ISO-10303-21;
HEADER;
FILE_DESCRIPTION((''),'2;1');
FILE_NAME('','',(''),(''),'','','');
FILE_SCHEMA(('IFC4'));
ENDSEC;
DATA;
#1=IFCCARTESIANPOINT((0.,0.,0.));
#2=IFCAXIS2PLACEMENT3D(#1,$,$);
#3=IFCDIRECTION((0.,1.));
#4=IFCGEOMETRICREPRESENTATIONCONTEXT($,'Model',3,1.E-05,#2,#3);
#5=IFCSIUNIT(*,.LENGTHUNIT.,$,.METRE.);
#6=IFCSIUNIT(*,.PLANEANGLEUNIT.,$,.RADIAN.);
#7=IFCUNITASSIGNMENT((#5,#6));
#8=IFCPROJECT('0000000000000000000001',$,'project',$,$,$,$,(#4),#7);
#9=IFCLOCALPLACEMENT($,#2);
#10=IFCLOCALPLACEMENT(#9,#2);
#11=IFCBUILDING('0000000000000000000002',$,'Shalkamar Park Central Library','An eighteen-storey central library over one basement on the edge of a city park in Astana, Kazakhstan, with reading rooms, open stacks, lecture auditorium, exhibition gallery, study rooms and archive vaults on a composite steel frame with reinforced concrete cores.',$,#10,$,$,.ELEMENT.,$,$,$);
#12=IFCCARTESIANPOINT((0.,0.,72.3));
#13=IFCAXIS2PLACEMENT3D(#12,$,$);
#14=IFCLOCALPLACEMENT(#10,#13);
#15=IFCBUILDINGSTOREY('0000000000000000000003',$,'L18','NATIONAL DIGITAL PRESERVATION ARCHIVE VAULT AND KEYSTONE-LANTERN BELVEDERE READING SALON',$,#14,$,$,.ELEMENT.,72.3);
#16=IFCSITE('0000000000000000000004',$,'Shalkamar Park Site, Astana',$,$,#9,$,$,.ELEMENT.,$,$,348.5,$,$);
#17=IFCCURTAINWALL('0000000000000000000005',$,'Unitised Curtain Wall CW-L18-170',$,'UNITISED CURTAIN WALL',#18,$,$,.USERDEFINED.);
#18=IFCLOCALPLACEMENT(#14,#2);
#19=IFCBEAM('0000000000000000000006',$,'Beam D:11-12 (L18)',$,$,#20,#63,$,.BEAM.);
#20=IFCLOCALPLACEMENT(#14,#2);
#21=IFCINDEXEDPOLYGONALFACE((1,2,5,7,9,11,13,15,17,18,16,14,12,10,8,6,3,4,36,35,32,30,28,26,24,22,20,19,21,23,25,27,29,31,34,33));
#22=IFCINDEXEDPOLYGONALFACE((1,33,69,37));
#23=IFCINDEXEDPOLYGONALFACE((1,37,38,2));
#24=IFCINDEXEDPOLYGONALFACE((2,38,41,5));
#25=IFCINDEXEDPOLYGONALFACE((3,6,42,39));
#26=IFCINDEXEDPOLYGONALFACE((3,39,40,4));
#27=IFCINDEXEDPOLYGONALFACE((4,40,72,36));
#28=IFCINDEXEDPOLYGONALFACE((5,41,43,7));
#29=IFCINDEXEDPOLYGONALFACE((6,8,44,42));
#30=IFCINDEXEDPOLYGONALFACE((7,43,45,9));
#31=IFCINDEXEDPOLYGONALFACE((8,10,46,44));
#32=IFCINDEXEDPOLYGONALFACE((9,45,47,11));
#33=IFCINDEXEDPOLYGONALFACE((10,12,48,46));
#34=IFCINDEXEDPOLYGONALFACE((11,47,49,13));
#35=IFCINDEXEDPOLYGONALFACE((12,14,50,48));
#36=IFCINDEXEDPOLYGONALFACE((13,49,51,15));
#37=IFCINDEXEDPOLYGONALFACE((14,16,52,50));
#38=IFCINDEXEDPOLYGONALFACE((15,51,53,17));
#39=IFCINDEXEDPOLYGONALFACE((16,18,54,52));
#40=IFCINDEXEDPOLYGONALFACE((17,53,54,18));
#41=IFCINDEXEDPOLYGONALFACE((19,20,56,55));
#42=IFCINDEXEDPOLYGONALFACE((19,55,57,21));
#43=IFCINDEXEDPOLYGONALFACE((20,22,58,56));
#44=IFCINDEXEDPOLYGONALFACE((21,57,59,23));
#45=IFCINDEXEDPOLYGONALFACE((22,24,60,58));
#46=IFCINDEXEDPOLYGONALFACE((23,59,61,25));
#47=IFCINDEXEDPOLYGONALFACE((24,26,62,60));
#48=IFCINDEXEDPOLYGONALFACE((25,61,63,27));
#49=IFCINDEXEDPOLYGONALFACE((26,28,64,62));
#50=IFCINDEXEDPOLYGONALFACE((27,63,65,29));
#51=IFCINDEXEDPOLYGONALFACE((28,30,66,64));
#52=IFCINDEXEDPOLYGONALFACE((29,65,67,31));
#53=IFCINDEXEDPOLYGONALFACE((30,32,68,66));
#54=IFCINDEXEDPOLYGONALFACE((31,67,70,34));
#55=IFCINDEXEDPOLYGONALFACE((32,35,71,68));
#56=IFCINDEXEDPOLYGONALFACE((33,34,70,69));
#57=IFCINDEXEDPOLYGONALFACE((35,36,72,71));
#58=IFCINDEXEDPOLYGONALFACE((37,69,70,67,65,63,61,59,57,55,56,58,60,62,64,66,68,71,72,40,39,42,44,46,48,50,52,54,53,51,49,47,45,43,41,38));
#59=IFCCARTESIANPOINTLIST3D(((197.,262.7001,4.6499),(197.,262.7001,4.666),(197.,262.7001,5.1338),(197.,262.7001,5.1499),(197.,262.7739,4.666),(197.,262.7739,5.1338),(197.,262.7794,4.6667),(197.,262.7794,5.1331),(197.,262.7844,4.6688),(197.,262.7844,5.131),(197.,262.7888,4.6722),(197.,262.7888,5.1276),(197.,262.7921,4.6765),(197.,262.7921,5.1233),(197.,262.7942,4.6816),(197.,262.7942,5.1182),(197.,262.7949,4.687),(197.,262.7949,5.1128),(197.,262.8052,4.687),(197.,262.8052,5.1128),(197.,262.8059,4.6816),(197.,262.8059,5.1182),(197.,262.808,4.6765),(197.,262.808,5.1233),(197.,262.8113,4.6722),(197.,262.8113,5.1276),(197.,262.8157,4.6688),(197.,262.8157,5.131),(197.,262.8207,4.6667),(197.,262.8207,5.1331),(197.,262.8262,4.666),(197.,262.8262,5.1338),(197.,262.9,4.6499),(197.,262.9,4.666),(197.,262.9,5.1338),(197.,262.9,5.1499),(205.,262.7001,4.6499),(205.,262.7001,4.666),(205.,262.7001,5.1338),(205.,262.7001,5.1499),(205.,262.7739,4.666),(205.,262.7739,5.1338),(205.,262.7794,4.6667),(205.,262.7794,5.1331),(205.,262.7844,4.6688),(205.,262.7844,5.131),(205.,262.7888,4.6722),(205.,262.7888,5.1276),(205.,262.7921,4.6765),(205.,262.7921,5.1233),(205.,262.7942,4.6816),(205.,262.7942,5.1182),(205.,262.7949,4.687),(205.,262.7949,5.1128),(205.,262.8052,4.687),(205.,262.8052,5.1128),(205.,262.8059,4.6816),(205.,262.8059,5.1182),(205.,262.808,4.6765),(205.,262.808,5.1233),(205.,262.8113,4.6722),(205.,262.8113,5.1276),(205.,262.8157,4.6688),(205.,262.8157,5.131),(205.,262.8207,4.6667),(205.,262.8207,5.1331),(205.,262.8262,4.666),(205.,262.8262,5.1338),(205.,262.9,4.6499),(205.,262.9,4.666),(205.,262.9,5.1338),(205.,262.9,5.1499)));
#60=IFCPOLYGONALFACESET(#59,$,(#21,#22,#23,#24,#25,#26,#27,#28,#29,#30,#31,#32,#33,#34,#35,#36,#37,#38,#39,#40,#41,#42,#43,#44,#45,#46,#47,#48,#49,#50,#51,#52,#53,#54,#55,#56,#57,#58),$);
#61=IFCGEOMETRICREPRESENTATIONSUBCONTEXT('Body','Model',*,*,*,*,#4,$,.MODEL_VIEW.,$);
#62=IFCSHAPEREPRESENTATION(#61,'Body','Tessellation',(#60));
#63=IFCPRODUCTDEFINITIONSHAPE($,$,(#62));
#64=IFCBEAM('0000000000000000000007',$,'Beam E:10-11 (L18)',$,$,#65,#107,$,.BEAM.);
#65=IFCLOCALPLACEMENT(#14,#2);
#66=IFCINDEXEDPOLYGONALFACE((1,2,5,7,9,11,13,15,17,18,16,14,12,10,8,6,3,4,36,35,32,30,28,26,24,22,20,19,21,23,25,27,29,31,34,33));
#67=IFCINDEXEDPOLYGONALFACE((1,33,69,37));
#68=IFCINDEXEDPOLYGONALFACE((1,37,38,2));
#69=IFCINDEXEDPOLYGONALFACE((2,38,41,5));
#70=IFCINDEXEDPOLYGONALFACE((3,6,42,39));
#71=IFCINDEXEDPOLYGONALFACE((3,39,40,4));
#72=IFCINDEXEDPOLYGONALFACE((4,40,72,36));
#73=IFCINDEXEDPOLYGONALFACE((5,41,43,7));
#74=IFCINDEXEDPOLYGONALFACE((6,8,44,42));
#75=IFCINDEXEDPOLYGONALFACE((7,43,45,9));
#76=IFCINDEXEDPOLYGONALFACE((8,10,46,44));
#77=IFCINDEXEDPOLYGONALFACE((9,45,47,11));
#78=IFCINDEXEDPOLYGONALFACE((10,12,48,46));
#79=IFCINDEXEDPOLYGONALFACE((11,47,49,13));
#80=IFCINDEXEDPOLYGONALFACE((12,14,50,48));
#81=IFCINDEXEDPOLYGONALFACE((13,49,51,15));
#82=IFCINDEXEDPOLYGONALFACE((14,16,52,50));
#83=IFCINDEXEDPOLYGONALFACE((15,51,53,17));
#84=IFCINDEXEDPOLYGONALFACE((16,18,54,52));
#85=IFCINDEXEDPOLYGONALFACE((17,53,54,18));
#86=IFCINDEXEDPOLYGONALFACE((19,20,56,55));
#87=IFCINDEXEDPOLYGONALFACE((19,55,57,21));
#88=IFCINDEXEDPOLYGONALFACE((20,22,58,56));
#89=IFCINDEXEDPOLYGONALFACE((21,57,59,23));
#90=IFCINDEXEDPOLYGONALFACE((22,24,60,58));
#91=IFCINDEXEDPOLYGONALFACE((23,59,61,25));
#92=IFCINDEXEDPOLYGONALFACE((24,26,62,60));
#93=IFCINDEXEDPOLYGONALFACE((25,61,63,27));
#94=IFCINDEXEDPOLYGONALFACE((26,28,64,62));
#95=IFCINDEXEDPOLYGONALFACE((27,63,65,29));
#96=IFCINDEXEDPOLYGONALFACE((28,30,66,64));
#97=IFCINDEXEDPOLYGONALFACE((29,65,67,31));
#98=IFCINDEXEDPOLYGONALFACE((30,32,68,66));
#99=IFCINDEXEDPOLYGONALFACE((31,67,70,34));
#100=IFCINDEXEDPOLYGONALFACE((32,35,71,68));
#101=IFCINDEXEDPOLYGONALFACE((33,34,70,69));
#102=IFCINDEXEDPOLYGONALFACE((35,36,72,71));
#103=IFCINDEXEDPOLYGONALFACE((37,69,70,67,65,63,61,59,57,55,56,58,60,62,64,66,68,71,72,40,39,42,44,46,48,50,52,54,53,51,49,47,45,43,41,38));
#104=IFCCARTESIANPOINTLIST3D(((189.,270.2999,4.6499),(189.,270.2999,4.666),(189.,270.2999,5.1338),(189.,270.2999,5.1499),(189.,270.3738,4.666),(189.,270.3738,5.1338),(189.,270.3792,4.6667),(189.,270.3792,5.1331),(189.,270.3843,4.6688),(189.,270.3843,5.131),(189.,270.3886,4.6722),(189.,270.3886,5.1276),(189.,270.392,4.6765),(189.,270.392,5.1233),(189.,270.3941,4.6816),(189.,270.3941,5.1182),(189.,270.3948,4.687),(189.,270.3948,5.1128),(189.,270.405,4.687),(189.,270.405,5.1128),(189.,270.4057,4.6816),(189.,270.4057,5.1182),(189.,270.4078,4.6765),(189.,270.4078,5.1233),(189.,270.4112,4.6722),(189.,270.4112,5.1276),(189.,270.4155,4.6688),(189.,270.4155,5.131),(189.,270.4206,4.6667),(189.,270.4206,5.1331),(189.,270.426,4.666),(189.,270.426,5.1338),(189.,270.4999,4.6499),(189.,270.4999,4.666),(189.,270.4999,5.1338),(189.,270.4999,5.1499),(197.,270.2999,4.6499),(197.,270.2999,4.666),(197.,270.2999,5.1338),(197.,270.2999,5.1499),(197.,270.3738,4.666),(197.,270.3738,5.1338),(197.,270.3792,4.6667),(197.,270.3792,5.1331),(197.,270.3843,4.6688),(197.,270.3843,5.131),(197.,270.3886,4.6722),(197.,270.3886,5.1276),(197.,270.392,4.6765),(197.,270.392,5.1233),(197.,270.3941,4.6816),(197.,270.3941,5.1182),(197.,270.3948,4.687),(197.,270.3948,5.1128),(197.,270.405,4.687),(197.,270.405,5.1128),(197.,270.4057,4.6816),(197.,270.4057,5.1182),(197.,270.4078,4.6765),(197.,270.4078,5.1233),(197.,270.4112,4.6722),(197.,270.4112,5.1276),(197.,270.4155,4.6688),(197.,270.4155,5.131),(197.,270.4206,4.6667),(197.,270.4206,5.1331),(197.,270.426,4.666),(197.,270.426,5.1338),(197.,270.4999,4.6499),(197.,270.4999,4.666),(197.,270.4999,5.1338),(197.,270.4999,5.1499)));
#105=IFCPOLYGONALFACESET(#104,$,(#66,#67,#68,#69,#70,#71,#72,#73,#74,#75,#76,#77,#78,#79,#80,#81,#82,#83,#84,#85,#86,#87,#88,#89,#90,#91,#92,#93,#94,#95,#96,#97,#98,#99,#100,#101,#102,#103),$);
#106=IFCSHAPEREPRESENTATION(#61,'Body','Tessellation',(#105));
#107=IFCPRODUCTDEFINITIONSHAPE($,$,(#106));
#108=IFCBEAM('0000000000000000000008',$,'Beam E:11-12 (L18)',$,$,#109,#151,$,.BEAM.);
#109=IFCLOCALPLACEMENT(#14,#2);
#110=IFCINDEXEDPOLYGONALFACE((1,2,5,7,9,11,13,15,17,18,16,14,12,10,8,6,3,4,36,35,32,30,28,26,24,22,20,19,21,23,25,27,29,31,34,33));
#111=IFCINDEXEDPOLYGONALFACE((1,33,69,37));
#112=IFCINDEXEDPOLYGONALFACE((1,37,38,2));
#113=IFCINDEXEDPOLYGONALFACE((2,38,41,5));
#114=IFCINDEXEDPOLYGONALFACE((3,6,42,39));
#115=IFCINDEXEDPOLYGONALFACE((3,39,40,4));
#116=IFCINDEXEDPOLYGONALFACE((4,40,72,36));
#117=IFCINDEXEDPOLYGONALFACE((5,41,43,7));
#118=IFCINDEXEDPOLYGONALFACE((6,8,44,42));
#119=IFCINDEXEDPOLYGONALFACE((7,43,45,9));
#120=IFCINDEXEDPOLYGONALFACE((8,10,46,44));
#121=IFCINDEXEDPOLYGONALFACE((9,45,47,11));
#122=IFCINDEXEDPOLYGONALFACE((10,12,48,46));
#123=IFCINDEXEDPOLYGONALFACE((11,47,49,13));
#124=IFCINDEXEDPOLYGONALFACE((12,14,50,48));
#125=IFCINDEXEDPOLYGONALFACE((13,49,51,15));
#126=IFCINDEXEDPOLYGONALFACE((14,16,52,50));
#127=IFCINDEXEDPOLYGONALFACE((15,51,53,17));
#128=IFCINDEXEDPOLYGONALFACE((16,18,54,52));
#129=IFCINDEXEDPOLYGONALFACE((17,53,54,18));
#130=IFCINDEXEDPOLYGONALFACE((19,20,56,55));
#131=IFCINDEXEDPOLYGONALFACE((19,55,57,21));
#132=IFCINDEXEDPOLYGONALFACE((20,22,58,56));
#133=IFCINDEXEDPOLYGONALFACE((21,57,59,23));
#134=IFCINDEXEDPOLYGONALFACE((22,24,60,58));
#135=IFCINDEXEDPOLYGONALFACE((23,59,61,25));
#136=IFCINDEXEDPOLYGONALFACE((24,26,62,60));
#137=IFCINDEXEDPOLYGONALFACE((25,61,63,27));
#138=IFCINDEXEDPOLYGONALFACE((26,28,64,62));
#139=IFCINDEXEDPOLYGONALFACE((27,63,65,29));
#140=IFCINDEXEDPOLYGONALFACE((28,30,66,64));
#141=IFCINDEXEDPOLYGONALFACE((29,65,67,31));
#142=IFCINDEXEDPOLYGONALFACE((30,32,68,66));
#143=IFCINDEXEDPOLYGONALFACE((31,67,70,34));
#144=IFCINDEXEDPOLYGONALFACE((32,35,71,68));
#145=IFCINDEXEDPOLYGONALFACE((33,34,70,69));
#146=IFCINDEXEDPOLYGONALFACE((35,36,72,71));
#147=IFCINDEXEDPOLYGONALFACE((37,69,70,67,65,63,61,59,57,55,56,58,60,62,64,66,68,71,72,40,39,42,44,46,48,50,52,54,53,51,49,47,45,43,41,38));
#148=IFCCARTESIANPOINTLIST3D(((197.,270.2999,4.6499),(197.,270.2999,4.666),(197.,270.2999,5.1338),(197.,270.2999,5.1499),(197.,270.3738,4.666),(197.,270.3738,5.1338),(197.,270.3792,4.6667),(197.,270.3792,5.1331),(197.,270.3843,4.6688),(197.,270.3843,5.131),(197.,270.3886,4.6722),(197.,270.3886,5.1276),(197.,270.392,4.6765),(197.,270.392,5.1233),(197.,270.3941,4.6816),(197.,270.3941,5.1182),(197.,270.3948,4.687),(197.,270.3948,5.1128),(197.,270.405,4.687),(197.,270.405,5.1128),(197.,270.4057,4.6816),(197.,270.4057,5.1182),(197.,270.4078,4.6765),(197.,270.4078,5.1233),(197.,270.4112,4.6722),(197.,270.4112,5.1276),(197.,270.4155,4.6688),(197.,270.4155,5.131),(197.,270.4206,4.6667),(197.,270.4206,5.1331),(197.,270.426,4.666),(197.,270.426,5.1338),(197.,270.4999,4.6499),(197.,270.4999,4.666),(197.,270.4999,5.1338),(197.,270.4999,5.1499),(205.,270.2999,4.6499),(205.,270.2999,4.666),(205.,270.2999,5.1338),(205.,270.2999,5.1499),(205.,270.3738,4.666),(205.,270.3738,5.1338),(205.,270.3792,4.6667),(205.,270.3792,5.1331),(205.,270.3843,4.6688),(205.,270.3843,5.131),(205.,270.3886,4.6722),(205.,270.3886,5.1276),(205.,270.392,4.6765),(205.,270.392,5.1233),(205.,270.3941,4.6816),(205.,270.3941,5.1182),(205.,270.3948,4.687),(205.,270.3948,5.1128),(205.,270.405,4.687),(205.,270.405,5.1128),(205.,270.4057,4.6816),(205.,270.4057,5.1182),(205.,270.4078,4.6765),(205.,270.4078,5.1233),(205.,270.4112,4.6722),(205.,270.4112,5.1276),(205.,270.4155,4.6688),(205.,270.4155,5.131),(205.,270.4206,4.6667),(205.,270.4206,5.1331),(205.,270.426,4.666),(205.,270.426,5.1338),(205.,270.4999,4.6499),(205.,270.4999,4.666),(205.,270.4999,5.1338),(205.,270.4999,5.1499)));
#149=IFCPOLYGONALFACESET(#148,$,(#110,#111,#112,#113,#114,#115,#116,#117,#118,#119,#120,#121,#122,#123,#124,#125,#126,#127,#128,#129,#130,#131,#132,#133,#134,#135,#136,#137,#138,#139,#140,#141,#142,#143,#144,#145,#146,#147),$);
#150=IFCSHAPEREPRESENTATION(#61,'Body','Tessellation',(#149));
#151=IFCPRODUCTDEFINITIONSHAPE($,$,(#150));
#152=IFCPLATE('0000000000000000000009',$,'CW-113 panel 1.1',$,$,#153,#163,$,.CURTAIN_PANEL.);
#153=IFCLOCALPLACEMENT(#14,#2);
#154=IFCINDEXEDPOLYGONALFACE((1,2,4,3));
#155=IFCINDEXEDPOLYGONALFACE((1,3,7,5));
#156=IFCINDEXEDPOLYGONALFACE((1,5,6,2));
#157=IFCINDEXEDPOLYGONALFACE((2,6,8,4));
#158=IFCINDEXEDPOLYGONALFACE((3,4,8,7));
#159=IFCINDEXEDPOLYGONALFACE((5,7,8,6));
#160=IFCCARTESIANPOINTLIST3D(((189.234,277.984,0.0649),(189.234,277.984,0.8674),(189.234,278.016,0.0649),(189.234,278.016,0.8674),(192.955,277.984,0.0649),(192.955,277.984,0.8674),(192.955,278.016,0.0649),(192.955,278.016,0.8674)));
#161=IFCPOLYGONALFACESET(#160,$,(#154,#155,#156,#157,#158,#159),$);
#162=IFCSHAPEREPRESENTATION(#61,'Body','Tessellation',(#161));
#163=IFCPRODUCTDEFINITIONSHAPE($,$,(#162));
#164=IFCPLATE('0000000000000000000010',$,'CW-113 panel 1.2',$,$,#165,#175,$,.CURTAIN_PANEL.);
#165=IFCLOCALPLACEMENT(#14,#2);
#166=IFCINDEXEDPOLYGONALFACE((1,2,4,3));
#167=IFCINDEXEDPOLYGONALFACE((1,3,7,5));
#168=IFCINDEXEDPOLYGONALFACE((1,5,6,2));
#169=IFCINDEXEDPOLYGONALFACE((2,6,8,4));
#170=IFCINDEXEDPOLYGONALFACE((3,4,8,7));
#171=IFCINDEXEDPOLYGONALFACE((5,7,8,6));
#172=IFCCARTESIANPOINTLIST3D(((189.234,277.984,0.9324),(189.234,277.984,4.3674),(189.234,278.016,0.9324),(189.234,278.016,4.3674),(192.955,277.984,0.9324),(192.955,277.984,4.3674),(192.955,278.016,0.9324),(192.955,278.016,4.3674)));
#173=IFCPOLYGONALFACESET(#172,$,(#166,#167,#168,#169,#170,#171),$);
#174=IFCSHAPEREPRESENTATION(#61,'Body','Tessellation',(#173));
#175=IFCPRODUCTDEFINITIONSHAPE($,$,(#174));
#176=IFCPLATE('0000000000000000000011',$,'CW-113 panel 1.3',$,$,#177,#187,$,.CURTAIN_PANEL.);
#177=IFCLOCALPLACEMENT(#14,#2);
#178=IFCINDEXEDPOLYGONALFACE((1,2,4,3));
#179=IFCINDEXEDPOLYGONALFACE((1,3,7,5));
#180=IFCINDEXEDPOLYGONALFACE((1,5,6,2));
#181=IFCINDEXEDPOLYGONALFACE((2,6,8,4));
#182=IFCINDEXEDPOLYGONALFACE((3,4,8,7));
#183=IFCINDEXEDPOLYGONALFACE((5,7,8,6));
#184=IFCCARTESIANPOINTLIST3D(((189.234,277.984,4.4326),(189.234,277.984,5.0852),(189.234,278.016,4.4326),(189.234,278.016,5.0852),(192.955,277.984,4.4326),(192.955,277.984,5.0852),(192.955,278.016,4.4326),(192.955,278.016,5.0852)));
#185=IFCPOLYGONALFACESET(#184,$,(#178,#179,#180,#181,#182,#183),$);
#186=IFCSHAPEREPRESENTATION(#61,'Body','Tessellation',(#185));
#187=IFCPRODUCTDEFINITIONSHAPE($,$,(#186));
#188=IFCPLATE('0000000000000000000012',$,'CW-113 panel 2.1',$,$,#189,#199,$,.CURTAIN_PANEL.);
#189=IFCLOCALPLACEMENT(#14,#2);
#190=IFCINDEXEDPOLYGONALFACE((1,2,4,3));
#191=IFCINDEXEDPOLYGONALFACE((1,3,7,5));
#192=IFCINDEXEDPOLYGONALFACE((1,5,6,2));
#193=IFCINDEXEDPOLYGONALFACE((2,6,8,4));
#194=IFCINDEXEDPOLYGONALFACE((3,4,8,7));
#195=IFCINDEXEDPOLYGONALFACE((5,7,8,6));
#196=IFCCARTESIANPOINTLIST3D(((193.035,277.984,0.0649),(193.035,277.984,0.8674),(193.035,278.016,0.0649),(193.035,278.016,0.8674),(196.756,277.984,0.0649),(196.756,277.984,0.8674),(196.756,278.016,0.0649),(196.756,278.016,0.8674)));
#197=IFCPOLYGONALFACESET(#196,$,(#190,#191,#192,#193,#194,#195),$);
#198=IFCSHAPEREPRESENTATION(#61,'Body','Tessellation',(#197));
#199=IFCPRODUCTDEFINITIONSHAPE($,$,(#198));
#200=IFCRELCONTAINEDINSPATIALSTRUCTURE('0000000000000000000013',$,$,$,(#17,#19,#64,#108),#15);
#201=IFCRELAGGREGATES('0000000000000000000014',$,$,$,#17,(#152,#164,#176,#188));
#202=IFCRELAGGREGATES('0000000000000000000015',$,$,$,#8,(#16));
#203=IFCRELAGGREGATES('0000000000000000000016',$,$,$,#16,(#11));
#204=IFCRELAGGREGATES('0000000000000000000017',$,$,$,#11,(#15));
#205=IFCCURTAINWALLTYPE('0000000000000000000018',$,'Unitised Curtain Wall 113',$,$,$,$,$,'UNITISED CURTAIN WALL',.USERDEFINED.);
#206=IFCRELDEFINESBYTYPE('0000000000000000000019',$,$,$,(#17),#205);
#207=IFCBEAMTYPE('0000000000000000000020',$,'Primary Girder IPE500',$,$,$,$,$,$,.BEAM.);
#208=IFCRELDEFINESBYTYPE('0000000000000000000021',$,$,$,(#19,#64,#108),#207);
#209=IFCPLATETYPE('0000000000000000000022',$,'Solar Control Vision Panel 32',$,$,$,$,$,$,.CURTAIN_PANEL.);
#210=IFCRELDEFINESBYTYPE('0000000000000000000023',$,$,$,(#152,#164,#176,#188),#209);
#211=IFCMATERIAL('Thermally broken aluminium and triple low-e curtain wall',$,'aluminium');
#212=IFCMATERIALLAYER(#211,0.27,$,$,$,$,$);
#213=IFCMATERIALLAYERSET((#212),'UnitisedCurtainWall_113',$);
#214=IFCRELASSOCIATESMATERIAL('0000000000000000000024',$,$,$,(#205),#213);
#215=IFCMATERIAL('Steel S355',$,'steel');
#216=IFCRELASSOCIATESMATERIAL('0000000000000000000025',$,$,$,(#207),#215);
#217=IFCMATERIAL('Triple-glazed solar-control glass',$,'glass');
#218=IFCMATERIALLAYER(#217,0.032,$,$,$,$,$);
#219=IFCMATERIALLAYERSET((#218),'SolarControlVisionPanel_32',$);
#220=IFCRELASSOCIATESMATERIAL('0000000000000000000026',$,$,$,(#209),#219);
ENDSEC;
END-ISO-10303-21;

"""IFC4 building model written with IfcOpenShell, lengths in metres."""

from ifc_helpers import new_model, si_unit, direction, frame, origin, origin_2d, place, context, subcontext, project, spatial, rectangle, i_section, extrude, material, layer, layer_set, material_profile, profile_set, type_object, element, aggregate, save


model = new_model("IFC4")

# Units and contexts
model_context = context("Model", 3, precision=1e-05, world=origin(), true_north=direction((0.0, 1.0)))
body_context = subcontext(model_context, "Body", "Model", "MODEL_VIEW")
ifc_project = project(units=[si_unit("LENGTHUNIT", "METRE"), si_unit("PLANEANGLEUNIT", "RADIAN")], contexts=[model_context])

# Site, building, storey
site_placement = place(None, origin())
site = spatial("IfcSite", under=ifc_project, at=site_placement, Name="Shalkamar Park Site, Astana", CompositionType="ELEMENT", RefElevation=348.5)
building_placement = place(site_placement, origin())
building = spatial("IfcBuilding", under=site, at=building_placement, Name="Shalkamar Park Central Library", Description="An eighteen-storey central library over one basement on the edge of a city park in Astana, Kazakhstan, with reading rooms, open stacks, lecture auditorium, exhibition gallery, study rooms and archive vaults on a composite steel frame with reinforced concrete cores.", CompositionType="ELEMENT")
storey_placement = place(building_placement, frame((0.0, 0.0, 72.3)))
storey = spatial("IfcBuildingStorey", under=building, at=storey_placement, Name="L18", Description="NATIONAL DIGITAL PRESERVATION ARCHIVE VAULT AND KEYSTONE-LANTERN BELVEDERE READING SALON", CompositionType="ELEMENT", Elevation=72.3)

# Shared definitions
ifc_material_1 = material(Name="Steel S355", Category="steel")

# Curtain wall
ifc_material_2 = material(Name="Thermally broken aluminium and triple low-e curtain wall", Category="aluminium")
ifc_layer_1 = layer(ifc_material_2, 0.27)
ifc_layer_set_1 = layer_set([ifc_layer_1], Name="UnitisedCurtainWall_113")
curtain_wall_type_1 = type_object("IfcCurtainWallType", Name="Unitised Curtain Wall 113", ElementType="UNITISED CURTAIN WALL", PredefinedType="USERDEFINED", material=ifc_layer_set_1)
curtain_wall_1_placement = place(storey_placement, origin())
curtain_wall_1 = element("IfcCurtainWall", 1, at=curtain_wall_1_placement, inside=storey, type_object=curtain_wall_type_1, Name="Unitised Curtain Wall CW-L18-170", ObjectType="UNITISED CURTAIN WALL", PredefinedType="USERDEFINED")

# Beams
ifc_material_profile_1 = material_profile(ifc_material_1, i_section(OverallWidth=0.2, OverallDepth=0.5, WebThickness=0.0103, FlangeThickness=0.0161, FilletRadius=0.021, at=origin_2d()), Name="IPE 500")
ifc_profile_set_1 = profile_set([ifc_material_profile_1], Name="Steel S355")
beam_type_1 = type_object("IfcBeamType", Name="Primary Girder IPE500", PredefinedType="BEAM", material=ifc_profile_set_1)
for number, where, z_axis, x_axis, name in (
    (2, (197.0, 262.8, 4.8999), (1.0, 0.0, 0.0), (0.0, 1.0, 0.0), "Beam D:11-12 (L18)"),
    (3, (189.0, 270.3999, 4.8999), (1.0, 0.0, 0.0), (0.0, 1.0, 0.0), "Beam E:10-11 (L18)"),
    (4, (197.0, 270.3999, 4.8999), (1.0, 0.0, 0.0), (0.0, 1.0, 0.0), "Beam E:11-12 (L18)"),
):
    element("IfcBeam", number, at=place(storey_placement, frame(where, z_axis=z_axis, x_axis=x_axis)), inside=storey, type_object=beam_type_1, Name=name, PredefinedType="BEAM", context=body_context, shape_type="SweptSolid", body=[
        extrude(i_section(OverallWidth=0.2, OverallDepth=0.5, WebThickness=0.0103, FlangeThickness=0.0161, FilletRadius=0.021, at=origin_2d()), origin(), (0.0, 0.0, 1.0), 8.0),
    ])

# Plates
ifc_material_3 = material(Name="Triple-glazed solar-control glass", Category="glass")
ifc_layer_2 = layer(ifc_material_3, 0.032)
ifc_layer_set_2 = layer_set([ifc_layer_2], Name="SolarControlVisionPanel_32")
plate_type = type_object("IfcPlateType", Name="Solar Control Vision Panel 32", PredefinedType="CURTAIN_PANEL", material=ifc_layer_set_2)
plate_1_placement = place(storey_placement, frame((191.0945, 278.0, 0.0649), z_axis=(0.0, 0.0, 1.0), x_axis=(1.0, 0.0, 0.0)))
plate_1 = element("IfcPlate", 5, at=plate_1_placement, type_object=plate_type, Name="CW-113 panel 1.1", PredefinedType="CURTAIN_PANEL", context=body_context, shape_type="SweptSolid", body=[
    extrude(rectangle(XDim=3.7209, YDim=0.032, at=origin_2d()), origin(), (0.0, 0.0, 1.0), 0.8025),
])
plate_2_placement = place(storey_placement, frame((191.0945, 278.0, 0.9324), z_axis=(0.0, 0.0, 1.0), x_axis=(1.0, 0.0, 0.0)))
plate_2 = element("IfcPlate", 6, at=plate_2_placement, type_object=plate_type, Name="CW-113 panel 1.2", PredefinedType="CURTAIN_PANEL", context=body_context, shape_type="SweptSolid", body=[
    extrude(rectangle(XDim=3.7209, YDim=0.032, at=origin_2d()), origin(), (0.0, 0.0, 1.0), 3.4351),
])
plate_3_placement = place(storey_placement, frame((191.0945, 278.0, 4.4326), z_axis=(0.0, 0.0, 1.0), x_axis=(1.0, 0.0, 0.0)))
plate_3 = element("IfcPlate", 7, at=plate_3_placement, type_object=plate_type, Name="CW-113 panel 1.3", PredefinedType="CURTAIN_PANEL", context=body_context, shape_type="SweptSolid", body=[
    extrude(rectangle(XDim=3.7209, YDim=0.032, at=origin_2d()), origin(), (0.0, 0.0, 1.0), 0.6526),
])
plate_4_placement = place(storey_placement, frame((194.8955, 278.0, 0.0649), z_axis=(0.0, 0.0, 1.0), x_axis=(1.0, 0.0, 0.0)))
plate_4 = element("IfcPlate", 8, at=plate_4_placement, type_object=plate_type, Name="CW-113 panel 2.1", PredefinedType="CURTAIN_PANEL", context=body_context, shape_type="SweptSolid", body=[
    extrude(rectangle(XDim=3.7209, YDim=0.032, at=origin_2d()), origin(), (0.0, 0.0, 1.0), 0.8025),
])
aggregate(curtain_wall_1, [plate_1, plate_2, plate_3, plate_4])

save(model, "model.ifc")
